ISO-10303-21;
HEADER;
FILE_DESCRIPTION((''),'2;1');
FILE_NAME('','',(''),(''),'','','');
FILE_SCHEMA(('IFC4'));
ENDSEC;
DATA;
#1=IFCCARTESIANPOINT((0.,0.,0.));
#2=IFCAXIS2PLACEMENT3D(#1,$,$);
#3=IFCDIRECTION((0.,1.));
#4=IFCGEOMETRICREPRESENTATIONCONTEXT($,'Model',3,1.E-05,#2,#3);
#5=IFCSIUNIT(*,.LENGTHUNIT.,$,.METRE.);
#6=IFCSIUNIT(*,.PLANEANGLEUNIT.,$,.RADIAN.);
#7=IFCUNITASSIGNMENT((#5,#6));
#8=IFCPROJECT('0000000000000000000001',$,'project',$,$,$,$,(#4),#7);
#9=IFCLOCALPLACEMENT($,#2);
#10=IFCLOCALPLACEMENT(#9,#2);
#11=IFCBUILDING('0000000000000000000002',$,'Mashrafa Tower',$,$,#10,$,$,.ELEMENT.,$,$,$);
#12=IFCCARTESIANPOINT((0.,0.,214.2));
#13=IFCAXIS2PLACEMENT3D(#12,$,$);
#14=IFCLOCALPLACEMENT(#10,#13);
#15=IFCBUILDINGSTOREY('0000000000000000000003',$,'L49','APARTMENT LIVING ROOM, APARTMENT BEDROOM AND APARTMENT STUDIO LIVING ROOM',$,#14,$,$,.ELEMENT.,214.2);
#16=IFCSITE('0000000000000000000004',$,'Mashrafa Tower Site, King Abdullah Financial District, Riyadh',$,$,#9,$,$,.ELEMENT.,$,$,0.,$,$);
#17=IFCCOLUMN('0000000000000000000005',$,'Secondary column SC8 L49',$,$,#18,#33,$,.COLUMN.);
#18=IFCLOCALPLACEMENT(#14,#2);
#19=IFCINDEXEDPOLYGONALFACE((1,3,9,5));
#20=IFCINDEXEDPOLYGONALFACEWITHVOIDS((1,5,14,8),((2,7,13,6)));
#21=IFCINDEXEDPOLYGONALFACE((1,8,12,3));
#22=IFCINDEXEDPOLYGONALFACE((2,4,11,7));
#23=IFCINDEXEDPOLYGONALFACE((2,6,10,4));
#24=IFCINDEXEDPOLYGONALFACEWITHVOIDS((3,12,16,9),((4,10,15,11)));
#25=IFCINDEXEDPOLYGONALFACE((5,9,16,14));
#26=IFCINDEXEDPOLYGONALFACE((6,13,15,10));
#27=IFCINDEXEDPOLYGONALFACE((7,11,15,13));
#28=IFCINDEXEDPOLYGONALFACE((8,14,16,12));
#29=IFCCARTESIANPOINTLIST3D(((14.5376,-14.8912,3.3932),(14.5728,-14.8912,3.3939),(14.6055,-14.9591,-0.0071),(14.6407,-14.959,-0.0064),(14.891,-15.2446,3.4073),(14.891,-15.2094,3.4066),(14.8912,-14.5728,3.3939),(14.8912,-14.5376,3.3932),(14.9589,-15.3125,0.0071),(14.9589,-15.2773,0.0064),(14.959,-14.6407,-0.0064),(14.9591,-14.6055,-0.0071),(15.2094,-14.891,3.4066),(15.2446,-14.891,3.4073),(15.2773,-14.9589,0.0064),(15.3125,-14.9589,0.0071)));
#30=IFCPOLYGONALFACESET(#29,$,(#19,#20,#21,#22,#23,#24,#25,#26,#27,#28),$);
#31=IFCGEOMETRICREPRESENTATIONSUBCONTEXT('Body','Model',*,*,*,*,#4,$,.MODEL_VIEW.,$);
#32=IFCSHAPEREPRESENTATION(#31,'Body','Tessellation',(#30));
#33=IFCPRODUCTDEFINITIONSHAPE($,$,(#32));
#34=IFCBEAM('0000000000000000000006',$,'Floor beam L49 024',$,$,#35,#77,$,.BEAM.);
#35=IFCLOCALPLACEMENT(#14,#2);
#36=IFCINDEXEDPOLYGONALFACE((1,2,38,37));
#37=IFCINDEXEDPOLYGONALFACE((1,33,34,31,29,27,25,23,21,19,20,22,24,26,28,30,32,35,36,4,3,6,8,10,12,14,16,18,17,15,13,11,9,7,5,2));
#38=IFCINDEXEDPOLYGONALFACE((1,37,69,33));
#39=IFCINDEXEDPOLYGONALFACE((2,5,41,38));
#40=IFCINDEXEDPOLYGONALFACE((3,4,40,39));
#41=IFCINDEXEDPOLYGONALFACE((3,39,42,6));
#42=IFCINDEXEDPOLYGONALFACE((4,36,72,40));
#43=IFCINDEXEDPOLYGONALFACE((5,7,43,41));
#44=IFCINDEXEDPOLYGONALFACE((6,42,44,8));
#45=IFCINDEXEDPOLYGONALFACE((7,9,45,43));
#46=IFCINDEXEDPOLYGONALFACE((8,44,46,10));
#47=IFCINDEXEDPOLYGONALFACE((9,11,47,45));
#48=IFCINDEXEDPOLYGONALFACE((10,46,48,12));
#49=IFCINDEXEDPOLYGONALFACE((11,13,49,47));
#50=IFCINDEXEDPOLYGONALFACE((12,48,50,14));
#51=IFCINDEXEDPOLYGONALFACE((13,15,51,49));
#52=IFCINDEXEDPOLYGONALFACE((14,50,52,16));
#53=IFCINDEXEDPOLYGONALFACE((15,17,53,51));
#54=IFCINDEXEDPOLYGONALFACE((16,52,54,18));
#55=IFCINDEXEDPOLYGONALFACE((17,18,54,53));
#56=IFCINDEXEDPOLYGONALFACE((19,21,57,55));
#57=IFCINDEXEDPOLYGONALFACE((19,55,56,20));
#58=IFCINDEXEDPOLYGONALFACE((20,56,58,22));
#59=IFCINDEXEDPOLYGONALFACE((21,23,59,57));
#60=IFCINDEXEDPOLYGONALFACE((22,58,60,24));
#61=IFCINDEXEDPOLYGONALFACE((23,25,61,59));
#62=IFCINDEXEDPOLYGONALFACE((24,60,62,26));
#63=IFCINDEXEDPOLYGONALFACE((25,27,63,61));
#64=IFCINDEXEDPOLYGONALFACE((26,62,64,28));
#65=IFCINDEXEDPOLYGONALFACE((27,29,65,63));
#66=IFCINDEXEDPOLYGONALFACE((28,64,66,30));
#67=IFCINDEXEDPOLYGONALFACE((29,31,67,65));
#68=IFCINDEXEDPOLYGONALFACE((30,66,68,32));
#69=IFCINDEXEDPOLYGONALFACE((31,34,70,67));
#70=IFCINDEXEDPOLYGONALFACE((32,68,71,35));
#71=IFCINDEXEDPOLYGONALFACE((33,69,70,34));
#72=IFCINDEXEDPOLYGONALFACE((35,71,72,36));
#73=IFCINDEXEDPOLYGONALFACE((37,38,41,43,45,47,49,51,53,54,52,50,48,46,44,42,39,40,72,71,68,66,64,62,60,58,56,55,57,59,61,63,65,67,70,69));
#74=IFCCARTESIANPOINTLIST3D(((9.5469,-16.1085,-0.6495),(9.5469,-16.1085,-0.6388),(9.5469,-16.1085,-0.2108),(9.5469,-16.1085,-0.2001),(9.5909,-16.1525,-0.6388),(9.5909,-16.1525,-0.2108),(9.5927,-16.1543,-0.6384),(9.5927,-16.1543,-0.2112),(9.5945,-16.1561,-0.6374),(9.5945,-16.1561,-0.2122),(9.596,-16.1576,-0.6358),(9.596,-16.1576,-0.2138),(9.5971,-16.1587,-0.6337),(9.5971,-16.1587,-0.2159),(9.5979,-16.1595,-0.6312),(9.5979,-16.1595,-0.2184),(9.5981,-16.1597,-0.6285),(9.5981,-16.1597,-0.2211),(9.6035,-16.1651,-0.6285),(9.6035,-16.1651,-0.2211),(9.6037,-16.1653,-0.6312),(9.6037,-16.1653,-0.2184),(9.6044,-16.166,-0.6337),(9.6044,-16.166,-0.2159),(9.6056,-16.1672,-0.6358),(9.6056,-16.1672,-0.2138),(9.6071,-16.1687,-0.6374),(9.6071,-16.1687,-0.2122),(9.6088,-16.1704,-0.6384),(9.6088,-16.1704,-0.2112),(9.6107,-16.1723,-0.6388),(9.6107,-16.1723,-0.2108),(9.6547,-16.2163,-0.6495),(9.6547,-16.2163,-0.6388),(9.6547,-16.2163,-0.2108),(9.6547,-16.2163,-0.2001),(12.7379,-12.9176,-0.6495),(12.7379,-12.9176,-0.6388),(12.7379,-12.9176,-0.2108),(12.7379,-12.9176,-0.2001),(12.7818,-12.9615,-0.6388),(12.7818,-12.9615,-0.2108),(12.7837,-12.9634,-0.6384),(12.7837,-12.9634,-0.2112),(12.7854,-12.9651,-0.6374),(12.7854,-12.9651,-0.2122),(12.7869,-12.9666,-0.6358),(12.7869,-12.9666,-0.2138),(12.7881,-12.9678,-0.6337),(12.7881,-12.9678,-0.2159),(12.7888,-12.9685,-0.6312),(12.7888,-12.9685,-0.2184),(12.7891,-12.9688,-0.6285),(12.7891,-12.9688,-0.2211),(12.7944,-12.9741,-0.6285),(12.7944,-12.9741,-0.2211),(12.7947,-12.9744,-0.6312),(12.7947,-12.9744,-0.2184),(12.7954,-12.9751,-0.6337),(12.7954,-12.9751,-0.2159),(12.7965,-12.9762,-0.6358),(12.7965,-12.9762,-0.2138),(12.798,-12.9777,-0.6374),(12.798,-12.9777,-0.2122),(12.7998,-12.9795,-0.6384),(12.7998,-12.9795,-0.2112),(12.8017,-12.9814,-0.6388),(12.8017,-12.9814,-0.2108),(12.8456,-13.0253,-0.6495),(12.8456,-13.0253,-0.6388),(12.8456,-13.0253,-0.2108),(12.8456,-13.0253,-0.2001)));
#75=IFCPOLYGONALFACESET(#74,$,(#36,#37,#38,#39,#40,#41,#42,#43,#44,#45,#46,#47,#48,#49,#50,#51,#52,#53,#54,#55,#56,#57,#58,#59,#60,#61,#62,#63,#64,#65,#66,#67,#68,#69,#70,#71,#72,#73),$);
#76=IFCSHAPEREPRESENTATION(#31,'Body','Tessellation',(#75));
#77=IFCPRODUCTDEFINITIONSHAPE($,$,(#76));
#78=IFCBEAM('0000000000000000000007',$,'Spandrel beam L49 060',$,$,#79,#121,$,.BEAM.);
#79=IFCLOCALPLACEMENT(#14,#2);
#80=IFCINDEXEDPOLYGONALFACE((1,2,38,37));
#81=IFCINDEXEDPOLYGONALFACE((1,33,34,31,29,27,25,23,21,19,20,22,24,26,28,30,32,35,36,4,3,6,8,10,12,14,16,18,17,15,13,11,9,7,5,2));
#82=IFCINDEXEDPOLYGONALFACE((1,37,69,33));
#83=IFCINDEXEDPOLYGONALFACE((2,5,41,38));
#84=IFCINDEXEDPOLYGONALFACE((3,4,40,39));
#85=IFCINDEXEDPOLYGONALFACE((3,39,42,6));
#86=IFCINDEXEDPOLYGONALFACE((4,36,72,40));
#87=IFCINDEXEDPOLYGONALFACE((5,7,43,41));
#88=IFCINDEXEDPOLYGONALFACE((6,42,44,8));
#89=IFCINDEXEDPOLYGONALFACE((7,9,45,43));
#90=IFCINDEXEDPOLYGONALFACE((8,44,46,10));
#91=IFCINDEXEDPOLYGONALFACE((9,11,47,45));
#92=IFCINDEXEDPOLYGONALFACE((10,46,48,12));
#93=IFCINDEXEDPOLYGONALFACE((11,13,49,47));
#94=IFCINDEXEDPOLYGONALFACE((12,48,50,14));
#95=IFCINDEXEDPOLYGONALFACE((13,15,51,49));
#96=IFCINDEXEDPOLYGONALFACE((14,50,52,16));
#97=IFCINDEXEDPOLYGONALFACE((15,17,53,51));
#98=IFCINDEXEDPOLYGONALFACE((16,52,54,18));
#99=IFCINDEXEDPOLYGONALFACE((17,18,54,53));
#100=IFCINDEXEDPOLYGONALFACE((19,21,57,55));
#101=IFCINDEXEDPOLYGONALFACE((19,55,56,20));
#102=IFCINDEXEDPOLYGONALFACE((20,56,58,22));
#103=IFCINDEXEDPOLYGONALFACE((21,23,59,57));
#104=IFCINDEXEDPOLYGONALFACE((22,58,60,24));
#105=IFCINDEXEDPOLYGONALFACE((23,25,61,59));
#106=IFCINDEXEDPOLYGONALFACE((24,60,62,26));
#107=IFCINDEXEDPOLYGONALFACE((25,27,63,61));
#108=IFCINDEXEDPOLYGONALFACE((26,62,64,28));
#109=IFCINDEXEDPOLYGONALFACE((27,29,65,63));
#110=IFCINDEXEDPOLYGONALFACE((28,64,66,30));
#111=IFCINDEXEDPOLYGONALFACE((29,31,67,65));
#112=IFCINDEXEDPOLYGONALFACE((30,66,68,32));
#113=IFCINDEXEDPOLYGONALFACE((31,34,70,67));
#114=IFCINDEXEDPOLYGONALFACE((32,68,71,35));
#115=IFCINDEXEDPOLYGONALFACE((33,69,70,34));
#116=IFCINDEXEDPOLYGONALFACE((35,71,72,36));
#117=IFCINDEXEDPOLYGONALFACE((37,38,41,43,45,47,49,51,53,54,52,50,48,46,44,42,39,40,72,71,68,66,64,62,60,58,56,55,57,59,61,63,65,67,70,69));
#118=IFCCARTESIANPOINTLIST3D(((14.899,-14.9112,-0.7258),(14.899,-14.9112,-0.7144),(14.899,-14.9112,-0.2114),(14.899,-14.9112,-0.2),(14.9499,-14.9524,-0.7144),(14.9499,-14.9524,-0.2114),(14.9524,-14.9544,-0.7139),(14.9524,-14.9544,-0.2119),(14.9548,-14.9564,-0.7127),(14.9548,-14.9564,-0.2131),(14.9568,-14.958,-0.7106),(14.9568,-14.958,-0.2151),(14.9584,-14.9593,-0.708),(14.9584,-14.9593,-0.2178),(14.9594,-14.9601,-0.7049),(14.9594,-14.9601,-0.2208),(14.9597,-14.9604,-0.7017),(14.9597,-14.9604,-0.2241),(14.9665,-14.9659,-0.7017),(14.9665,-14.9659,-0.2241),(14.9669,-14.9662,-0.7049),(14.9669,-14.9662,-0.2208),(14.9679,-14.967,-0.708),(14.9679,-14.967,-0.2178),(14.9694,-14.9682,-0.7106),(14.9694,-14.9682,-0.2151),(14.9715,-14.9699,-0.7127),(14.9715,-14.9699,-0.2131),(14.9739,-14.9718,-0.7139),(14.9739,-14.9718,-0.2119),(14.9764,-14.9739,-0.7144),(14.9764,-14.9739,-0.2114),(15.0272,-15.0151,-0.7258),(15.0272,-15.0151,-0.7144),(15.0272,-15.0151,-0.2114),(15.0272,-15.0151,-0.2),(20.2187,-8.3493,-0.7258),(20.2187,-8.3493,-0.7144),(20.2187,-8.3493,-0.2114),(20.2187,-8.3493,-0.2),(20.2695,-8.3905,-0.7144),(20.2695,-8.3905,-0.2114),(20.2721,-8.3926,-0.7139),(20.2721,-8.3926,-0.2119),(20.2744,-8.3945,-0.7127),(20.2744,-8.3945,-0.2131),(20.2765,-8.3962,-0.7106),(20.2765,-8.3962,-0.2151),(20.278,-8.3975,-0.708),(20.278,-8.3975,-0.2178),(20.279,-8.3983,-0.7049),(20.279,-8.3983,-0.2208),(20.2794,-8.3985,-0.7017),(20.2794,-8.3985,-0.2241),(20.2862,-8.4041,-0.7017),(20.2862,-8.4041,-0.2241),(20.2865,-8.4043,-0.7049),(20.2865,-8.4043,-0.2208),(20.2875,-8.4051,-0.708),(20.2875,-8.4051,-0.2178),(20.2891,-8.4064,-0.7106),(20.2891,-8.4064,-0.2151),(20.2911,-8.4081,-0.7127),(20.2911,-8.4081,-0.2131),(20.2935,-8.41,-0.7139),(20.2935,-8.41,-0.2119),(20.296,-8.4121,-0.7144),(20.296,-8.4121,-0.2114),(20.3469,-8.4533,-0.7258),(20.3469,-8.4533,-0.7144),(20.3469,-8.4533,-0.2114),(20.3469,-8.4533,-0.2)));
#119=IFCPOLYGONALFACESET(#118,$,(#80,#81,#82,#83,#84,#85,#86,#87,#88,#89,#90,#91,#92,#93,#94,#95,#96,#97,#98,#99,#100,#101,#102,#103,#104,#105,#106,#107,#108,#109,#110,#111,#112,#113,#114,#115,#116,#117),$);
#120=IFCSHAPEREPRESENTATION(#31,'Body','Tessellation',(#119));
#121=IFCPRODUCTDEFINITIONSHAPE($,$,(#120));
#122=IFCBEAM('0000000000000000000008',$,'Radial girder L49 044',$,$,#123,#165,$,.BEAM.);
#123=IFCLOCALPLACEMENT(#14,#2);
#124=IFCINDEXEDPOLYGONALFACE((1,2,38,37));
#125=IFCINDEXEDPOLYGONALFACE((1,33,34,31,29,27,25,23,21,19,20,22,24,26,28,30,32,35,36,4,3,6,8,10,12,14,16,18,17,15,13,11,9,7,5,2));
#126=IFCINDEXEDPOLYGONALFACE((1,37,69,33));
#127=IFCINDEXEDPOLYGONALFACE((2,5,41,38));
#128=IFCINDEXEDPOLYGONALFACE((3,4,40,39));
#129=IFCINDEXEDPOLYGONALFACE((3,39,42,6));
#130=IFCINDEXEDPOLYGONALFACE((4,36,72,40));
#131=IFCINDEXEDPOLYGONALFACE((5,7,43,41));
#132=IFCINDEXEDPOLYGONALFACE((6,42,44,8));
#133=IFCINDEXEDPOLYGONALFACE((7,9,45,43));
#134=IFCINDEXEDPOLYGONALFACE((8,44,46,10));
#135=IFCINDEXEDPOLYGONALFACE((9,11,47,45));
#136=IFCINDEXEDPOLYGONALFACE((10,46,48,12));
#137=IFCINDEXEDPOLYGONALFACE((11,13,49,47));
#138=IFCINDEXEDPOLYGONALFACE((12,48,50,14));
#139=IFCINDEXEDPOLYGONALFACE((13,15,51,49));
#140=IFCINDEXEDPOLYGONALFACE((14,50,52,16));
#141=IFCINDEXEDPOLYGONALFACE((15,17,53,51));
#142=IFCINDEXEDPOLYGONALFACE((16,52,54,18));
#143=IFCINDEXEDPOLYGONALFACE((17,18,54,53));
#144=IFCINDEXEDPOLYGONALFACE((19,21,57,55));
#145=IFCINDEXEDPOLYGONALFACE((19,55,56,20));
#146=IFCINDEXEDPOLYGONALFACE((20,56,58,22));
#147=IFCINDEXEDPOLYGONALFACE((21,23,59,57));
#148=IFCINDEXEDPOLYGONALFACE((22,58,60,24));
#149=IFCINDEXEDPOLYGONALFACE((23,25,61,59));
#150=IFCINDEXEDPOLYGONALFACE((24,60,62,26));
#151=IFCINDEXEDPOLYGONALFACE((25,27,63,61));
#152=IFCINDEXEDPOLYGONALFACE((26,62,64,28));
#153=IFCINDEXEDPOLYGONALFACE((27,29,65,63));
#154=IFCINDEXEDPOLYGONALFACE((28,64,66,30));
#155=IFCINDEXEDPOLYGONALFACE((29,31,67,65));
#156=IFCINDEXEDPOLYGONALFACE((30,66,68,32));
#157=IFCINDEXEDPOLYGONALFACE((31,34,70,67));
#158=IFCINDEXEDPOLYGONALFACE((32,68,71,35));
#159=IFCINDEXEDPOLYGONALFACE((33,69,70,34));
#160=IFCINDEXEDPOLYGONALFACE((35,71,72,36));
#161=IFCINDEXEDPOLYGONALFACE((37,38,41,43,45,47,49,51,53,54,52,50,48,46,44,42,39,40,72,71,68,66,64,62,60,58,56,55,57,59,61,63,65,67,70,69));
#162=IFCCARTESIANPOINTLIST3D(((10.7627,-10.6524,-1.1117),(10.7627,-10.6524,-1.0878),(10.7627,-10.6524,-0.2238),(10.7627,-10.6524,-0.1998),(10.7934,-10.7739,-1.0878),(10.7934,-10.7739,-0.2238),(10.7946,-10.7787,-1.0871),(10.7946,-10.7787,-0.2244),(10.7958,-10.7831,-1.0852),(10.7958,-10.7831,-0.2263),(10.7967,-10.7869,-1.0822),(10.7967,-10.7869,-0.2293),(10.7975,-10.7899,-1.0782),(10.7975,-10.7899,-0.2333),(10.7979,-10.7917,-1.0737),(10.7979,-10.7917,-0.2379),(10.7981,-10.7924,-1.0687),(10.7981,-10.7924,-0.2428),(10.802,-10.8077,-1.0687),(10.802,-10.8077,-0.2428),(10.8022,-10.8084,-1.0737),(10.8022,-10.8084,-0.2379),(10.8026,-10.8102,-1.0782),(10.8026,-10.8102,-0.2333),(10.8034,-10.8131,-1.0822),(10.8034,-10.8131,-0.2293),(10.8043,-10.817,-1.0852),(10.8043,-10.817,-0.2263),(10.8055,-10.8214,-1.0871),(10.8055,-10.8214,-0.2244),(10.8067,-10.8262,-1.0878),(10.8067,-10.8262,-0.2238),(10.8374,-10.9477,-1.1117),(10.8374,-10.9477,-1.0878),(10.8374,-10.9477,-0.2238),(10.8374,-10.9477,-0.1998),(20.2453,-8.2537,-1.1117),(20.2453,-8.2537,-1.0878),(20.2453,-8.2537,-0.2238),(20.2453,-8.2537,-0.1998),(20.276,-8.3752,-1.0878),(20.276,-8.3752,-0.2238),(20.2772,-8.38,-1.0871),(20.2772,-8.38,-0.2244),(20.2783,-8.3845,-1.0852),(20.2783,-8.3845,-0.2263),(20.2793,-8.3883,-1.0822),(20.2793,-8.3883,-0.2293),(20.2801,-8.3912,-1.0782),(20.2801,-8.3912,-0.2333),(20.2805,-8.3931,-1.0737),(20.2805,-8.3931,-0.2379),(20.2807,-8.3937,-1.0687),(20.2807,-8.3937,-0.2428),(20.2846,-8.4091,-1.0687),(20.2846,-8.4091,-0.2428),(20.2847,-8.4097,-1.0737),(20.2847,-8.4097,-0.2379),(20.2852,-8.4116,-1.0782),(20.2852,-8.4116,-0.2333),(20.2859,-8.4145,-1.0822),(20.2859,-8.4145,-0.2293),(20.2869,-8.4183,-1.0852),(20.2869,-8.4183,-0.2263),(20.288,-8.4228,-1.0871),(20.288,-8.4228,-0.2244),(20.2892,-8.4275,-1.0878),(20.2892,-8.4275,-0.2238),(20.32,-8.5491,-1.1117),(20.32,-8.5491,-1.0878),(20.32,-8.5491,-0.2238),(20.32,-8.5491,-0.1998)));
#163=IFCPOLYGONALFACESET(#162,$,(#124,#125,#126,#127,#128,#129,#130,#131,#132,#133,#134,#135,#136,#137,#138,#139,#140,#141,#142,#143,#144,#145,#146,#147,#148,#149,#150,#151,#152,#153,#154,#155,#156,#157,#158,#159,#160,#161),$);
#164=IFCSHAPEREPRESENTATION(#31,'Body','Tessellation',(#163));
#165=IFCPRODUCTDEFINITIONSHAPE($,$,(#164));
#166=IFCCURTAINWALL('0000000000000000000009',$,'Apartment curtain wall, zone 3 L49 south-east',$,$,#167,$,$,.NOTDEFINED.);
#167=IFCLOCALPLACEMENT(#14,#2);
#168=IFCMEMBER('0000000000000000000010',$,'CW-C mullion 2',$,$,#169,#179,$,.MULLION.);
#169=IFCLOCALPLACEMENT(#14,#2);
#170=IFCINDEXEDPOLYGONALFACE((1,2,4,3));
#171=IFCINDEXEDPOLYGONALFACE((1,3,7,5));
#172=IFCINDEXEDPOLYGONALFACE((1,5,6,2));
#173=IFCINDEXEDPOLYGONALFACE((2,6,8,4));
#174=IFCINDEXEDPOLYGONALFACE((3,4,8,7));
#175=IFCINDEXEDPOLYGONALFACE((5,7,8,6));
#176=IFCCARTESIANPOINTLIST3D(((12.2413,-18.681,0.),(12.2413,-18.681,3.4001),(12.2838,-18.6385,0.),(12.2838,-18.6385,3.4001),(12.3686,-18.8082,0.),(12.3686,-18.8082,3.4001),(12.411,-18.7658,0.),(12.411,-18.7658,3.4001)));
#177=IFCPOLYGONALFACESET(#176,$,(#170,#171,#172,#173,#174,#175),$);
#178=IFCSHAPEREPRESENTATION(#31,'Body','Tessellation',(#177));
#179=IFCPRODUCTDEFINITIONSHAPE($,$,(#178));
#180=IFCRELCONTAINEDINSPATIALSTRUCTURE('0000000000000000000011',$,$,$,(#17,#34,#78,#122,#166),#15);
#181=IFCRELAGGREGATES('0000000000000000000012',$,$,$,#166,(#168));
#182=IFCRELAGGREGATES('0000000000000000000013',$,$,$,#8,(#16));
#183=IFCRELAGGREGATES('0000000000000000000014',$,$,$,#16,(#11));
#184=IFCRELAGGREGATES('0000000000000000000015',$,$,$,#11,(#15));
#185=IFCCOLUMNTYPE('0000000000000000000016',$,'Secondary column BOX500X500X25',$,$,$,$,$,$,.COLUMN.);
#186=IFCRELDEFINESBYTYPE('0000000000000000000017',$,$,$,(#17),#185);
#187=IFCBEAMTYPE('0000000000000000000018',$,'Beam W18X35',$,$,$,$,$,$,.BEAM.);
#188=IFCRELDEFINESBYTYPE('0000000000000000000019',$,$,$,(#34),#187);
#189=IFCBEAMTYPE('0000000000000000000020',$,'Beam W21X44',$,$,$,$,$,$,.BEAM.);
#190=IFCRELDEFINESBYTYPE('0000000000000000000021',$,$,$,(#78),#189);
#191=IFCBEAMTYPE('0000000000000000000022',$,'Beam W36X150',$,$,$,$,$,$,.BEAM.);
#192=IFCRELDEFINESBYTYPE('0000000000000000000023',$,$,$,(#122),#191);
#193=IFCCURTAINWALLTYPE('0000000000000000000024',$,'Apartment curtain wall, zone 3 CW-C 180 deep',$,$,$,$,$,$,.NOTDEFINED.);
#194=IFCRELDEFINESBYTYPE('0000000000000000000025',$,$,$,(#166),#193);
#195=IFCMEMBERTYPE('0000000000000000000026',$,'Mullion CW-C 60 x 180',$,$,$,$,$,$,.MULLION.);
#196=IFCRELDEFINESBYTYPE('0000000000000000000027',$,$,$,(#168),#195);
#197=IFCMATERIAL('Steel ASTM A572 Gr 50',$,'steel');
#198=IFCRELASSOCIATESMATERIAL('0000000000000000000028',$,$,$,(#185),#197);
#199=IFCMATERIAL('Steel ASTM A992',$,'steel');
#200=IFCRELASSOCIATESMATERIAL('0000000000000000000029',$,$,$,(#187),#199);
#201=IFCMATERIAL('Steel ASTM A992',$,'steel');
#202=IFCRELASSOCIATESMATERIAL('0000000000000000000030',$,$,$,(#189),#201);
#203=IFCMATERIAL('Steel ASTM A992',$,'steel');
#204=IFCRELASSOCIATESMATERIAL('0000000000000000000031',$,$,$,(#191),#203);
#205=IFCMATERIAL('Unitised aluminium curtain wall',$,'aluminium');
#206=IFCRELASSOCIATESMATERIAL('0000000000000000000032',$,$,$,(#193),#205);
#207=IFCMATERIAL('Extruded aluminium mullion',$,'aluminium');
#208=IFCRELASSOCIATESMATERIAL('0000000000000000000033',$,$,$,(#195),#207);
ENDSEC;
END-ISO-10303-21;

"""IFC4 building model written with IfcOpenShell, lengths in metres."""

from ifc_helpers import new_model, si_unit, direction, frame, origin, origin_2d, place, context, subcontext, project, spatial, rectangle, hollow_rectangle, i_section, extrude, source, transform, mapped, material, material_profile, profile_set, type_object, type_shapes, element, aggregate, save


model = new_model("IFC4")

# Units and contexts
model_context = context("Model", 3, precision=1e-05, world=origin(), true_north=direction((0.0, 1.0)))
body_context = subcontext(model_context, "Body", "Model", "MODEL_VIEW")
ifc_project = project(units=[si_unit("LENGTHUNIT", "METRE"), si_unit("PLANEANGLEUNIT", "RADIAN")], contexts=[model_context])

# Site, building, storey
site_placement = place(None, origin())
site = spatial("IfcSite", under=ifc_project, at=site_placement, Name="Mashrafa Tower Site, King Abdullah Financial District, Riyadh", CompositionType="ELEMENT", RefElevation=0.0)
building_placement = place(site_placement, origin())
building = spatial("IfcBuilding", under=site, at=building_placement, Name="Mashrafa Tower", CompositionType="ELEMENT")
storey_placement = place(building_placement, frame((0.0, 0.0, 214.2)))
storey = spatial("IfcBuildingStorey", under=building, at=storey_placement, Name="L49", Description="APARTMENT LIVING ROOM, APARTMENT BEDROOM AND APARTMENT STUDIO LIVING ROOM", CompositionType="ELEMENT", Elevation=214.2)

# Column
ifc_material_1 = material(Name="Steel ASTM A572 Gr 50", Category="steel")
ifc_material_profile_1 = material_profile(ifc_material_1, hollow_rectangle(XDim=0.5, YDim=0.5, WallThickness=0.0249, at=origin_2d()), Name="BOX500X500X25")
ifc_profile_set_1 = profile_set([ifc_material_profile_1], Name="Steel ASTM A572 Gr 50")
column_type = type_object("IfcColumnType", Name="Secondary column BOX500X500X25", PredefinedType="COLUMN", material=ifc_profile_set_1)
column_placement = place(storey_placement, frame((14.959, -14.959, 0.0), z_axis=(-0.019953, 0.019953, 0.999602), x_axis=(-0.707107, -0.707107, 0.0)))
element("IfcColumn", 1, at=column_placement, inside=storey, type_object=column_type, Name="Secondary column SC8 L49", PredefinedType="COLUMN", context=body_context, shape_type="SweptSolid", body=[
    extrude(hollow_rectangle(XDim=0.5, YDim=0.5, WallThickness=0.0249, at=origin_2d()), origin(), (0.0, 0.0, 1.0), 3.4016),
])

# Beams
ifc_material_2 = material(Name="Steel ASTM A992", Category="steel")
ifc_material_profile_2 = material_profile(ifc_material_2, i_section(OverallWidth=0.1523, OverallDepth=0.4495, WebThickness=0.0076, FlangeThickness=0.0107, FilletRadius=0.0103, at=origin_2d()), Name="W18X35")
ifc_profile_set_2 = profile_set([ifc_material_profile_2], Name="Steel ASTM A992")
beam_type_1 = type_object("IfcBeamType", Name="Beam W18X35", PredefinedType="BEAM", material=ifc_profile_set_2)
beam_1_placement = place(storey_placement, frame((12.7917, -12.9714, -0.4248), z_axis=(-0.707107, -0.707107, 0.0), x_axis=(0.707107, -0.707107, 0.0)))
element("IfcBeam", 2, at=beam_1_placement, inside=storey, type_object=beam_type_1, Name="Floor beam L49 024", PredefinedType="BEAM", context=body_context, shape_type="SweptSolid", body=[
    extrude(i_section(OverallWidth=0.1523, OverallDepth=0.4495, WebThickness=0.0076, FlangeThickness=0.0107, FilletRadius=0.0103, at=origin_2d()), origin(), (0.0, 0.0, 1.0), 4.5127),
])
ifc_material_3 = material(Name="Steel ASTM A992", Category="steel")
ifc_material_profile_3 = material_profile(ifc_material_3, i_section(OverallWidth=0.165, OverallDepth=0.5259, WebThickness=0.0088, FlangeThickness=0.0115, FilletRadius=0.0127, at=origin_2d()), Name="W21X44")
ifc_profile_set_3 = profile_set([ifc_material_profile_3], Name="Steel ASTM A992")
beam_type_2 = type_object("IfcBeamType", Name="Beam W21X44", PredefinedType="BEAM", material=ifc_profile_set_3)
beam_2_placement = place(storey_placement, frame((14.9631, -14.9631, -0.4629), z_axis=(0.629747, 0.7768, 0.0), x_axis=(-0.7768, 0.629747, 0.0)))
element("IfcBeam", 3, at=beam_2_placement, inside=storey, type_object=beam_type_2, Name="Spandrel beam L49 060", PredefinedType="BEAM", context=body_context, shape_type="SweptSolid", body=[
    extrude(i_section(OverallWidth=0.165, OverallDepth=0.5259, WebThickness=0.0088, FlangeThickness=0.0115, FilletRadius=0.0127, at=origin_2d()), origin(), (0.0, 0.0, 1.0), 8.4473),
])
ifc_material_4 = material(Name="Steel ASTM A992", Category="steel")
ifc_material_profile_4 = material_profile(ifc_material_4, i_section(OverallWidth=0.3047, OverallDepth=0.9119, WebThickness=0.0159, FlangeThickness=0.0239, FilletRadius=0.019, at=origin_2d()), Name="W36X150")
ifc_profile_set_4 = profile_set([ifc_material_profile_4], Name="Steel ASTM A992")
beam_type_3 = type_object("IfcBeamType", Name="Beam W36X150", PredefinedType="BEAM", material=ifc_profile_set_4)
beam_3_placement = place(storey_placement, frame((10.8, -10.8, -0.6558), z_axis=(0.969465, 0.24523, 0.0), x_axis=(-0.24523, 0.969465, 0.0)))
element("IfcBeam", 4, at=beam_3_placement, inside=storey, type_object=beam_type_3, Name="Radial girder L49 044", PredefinedType="BEAM", context=body_context, shape_type="SweptSolid", body=[
    extrude(i_section(OverallWidth=0.3047, OverallDepth=0.9119, WebThickness=0.0159, FlangeThickness=0.0239, FilletRadius=0.019, at=origin_2d()), origin(), (0.0, 0.0, 1.0), 9.7812),
])

# Curtain wall, member
ifc_material_5 = material(Name="Unitised aluminium curtain wall", Category="aluminium")
curtain_wall_type = type_object("IfcCurtainWallType", Name="Apartment curtain wall, zone 3 CW-C 180 deep", PredefinedType="NOTDEFINED", material=ifc_material_5)
curtain_wall_placement = place(storey_placement, origin())
curtain_wall = element("IfcCurtainWall", 5, at=curtain_wall_placement, inside=storey, type_object=curtain_wall_type, Name="Apartment curtain wall, zone 3 L49 south-east", PredefinedType="NOTDEFINED")
ifc_material_6 = material(Name="Extruded aluminium mullion", Category="aluminium")
ifc_material_profile_5 = material_profile(ifc_material_6, rectangle(XDim=0.1799, YDim=0.0601, at=origin_2d()), Name="Mullion 60x180")
ifc_profile_set_5 = profile_set([ifc_material_profile_5], Name="Extruded aluminium mullion")
member_type_1 = type_object("IfcMemberType", Name="Mullion CW-C 60 x 180", PredefinedType="MULLION", material=ifc_profile_set_5)
shared_shape_1 = source(origin(), body_context, "Body", "SweptSolid", [
    extrude(rectangle(XDim=0.1799, YDim=0.0601, at=origin_2d()), origin(), (0.0, 0.0, 1.0), 3.4001),
])
type_shapes(member_type_1, [shared_shape_1])
member_1_placement = place(storey_placement, frame((12.3262, -18.7234, 0.0), z_axis=(0.0, 0.0, 1.0), x_axis=(-0.707107, 0.707107, 0.0)))
member_1 = element("IfcMember", 6, at=member_1_placement, type_object=member_type_1, Name="CW-C mullion 2", PredefinedType="MULLION", context=body_context, shape_type="MappedRepresentation", body=[
    mapped(shared_shape_1, transform((0.0, 0.0, 0.0))),
])
aggregate(curtain_wall, [member_1])

save(model, "model.ifc")
